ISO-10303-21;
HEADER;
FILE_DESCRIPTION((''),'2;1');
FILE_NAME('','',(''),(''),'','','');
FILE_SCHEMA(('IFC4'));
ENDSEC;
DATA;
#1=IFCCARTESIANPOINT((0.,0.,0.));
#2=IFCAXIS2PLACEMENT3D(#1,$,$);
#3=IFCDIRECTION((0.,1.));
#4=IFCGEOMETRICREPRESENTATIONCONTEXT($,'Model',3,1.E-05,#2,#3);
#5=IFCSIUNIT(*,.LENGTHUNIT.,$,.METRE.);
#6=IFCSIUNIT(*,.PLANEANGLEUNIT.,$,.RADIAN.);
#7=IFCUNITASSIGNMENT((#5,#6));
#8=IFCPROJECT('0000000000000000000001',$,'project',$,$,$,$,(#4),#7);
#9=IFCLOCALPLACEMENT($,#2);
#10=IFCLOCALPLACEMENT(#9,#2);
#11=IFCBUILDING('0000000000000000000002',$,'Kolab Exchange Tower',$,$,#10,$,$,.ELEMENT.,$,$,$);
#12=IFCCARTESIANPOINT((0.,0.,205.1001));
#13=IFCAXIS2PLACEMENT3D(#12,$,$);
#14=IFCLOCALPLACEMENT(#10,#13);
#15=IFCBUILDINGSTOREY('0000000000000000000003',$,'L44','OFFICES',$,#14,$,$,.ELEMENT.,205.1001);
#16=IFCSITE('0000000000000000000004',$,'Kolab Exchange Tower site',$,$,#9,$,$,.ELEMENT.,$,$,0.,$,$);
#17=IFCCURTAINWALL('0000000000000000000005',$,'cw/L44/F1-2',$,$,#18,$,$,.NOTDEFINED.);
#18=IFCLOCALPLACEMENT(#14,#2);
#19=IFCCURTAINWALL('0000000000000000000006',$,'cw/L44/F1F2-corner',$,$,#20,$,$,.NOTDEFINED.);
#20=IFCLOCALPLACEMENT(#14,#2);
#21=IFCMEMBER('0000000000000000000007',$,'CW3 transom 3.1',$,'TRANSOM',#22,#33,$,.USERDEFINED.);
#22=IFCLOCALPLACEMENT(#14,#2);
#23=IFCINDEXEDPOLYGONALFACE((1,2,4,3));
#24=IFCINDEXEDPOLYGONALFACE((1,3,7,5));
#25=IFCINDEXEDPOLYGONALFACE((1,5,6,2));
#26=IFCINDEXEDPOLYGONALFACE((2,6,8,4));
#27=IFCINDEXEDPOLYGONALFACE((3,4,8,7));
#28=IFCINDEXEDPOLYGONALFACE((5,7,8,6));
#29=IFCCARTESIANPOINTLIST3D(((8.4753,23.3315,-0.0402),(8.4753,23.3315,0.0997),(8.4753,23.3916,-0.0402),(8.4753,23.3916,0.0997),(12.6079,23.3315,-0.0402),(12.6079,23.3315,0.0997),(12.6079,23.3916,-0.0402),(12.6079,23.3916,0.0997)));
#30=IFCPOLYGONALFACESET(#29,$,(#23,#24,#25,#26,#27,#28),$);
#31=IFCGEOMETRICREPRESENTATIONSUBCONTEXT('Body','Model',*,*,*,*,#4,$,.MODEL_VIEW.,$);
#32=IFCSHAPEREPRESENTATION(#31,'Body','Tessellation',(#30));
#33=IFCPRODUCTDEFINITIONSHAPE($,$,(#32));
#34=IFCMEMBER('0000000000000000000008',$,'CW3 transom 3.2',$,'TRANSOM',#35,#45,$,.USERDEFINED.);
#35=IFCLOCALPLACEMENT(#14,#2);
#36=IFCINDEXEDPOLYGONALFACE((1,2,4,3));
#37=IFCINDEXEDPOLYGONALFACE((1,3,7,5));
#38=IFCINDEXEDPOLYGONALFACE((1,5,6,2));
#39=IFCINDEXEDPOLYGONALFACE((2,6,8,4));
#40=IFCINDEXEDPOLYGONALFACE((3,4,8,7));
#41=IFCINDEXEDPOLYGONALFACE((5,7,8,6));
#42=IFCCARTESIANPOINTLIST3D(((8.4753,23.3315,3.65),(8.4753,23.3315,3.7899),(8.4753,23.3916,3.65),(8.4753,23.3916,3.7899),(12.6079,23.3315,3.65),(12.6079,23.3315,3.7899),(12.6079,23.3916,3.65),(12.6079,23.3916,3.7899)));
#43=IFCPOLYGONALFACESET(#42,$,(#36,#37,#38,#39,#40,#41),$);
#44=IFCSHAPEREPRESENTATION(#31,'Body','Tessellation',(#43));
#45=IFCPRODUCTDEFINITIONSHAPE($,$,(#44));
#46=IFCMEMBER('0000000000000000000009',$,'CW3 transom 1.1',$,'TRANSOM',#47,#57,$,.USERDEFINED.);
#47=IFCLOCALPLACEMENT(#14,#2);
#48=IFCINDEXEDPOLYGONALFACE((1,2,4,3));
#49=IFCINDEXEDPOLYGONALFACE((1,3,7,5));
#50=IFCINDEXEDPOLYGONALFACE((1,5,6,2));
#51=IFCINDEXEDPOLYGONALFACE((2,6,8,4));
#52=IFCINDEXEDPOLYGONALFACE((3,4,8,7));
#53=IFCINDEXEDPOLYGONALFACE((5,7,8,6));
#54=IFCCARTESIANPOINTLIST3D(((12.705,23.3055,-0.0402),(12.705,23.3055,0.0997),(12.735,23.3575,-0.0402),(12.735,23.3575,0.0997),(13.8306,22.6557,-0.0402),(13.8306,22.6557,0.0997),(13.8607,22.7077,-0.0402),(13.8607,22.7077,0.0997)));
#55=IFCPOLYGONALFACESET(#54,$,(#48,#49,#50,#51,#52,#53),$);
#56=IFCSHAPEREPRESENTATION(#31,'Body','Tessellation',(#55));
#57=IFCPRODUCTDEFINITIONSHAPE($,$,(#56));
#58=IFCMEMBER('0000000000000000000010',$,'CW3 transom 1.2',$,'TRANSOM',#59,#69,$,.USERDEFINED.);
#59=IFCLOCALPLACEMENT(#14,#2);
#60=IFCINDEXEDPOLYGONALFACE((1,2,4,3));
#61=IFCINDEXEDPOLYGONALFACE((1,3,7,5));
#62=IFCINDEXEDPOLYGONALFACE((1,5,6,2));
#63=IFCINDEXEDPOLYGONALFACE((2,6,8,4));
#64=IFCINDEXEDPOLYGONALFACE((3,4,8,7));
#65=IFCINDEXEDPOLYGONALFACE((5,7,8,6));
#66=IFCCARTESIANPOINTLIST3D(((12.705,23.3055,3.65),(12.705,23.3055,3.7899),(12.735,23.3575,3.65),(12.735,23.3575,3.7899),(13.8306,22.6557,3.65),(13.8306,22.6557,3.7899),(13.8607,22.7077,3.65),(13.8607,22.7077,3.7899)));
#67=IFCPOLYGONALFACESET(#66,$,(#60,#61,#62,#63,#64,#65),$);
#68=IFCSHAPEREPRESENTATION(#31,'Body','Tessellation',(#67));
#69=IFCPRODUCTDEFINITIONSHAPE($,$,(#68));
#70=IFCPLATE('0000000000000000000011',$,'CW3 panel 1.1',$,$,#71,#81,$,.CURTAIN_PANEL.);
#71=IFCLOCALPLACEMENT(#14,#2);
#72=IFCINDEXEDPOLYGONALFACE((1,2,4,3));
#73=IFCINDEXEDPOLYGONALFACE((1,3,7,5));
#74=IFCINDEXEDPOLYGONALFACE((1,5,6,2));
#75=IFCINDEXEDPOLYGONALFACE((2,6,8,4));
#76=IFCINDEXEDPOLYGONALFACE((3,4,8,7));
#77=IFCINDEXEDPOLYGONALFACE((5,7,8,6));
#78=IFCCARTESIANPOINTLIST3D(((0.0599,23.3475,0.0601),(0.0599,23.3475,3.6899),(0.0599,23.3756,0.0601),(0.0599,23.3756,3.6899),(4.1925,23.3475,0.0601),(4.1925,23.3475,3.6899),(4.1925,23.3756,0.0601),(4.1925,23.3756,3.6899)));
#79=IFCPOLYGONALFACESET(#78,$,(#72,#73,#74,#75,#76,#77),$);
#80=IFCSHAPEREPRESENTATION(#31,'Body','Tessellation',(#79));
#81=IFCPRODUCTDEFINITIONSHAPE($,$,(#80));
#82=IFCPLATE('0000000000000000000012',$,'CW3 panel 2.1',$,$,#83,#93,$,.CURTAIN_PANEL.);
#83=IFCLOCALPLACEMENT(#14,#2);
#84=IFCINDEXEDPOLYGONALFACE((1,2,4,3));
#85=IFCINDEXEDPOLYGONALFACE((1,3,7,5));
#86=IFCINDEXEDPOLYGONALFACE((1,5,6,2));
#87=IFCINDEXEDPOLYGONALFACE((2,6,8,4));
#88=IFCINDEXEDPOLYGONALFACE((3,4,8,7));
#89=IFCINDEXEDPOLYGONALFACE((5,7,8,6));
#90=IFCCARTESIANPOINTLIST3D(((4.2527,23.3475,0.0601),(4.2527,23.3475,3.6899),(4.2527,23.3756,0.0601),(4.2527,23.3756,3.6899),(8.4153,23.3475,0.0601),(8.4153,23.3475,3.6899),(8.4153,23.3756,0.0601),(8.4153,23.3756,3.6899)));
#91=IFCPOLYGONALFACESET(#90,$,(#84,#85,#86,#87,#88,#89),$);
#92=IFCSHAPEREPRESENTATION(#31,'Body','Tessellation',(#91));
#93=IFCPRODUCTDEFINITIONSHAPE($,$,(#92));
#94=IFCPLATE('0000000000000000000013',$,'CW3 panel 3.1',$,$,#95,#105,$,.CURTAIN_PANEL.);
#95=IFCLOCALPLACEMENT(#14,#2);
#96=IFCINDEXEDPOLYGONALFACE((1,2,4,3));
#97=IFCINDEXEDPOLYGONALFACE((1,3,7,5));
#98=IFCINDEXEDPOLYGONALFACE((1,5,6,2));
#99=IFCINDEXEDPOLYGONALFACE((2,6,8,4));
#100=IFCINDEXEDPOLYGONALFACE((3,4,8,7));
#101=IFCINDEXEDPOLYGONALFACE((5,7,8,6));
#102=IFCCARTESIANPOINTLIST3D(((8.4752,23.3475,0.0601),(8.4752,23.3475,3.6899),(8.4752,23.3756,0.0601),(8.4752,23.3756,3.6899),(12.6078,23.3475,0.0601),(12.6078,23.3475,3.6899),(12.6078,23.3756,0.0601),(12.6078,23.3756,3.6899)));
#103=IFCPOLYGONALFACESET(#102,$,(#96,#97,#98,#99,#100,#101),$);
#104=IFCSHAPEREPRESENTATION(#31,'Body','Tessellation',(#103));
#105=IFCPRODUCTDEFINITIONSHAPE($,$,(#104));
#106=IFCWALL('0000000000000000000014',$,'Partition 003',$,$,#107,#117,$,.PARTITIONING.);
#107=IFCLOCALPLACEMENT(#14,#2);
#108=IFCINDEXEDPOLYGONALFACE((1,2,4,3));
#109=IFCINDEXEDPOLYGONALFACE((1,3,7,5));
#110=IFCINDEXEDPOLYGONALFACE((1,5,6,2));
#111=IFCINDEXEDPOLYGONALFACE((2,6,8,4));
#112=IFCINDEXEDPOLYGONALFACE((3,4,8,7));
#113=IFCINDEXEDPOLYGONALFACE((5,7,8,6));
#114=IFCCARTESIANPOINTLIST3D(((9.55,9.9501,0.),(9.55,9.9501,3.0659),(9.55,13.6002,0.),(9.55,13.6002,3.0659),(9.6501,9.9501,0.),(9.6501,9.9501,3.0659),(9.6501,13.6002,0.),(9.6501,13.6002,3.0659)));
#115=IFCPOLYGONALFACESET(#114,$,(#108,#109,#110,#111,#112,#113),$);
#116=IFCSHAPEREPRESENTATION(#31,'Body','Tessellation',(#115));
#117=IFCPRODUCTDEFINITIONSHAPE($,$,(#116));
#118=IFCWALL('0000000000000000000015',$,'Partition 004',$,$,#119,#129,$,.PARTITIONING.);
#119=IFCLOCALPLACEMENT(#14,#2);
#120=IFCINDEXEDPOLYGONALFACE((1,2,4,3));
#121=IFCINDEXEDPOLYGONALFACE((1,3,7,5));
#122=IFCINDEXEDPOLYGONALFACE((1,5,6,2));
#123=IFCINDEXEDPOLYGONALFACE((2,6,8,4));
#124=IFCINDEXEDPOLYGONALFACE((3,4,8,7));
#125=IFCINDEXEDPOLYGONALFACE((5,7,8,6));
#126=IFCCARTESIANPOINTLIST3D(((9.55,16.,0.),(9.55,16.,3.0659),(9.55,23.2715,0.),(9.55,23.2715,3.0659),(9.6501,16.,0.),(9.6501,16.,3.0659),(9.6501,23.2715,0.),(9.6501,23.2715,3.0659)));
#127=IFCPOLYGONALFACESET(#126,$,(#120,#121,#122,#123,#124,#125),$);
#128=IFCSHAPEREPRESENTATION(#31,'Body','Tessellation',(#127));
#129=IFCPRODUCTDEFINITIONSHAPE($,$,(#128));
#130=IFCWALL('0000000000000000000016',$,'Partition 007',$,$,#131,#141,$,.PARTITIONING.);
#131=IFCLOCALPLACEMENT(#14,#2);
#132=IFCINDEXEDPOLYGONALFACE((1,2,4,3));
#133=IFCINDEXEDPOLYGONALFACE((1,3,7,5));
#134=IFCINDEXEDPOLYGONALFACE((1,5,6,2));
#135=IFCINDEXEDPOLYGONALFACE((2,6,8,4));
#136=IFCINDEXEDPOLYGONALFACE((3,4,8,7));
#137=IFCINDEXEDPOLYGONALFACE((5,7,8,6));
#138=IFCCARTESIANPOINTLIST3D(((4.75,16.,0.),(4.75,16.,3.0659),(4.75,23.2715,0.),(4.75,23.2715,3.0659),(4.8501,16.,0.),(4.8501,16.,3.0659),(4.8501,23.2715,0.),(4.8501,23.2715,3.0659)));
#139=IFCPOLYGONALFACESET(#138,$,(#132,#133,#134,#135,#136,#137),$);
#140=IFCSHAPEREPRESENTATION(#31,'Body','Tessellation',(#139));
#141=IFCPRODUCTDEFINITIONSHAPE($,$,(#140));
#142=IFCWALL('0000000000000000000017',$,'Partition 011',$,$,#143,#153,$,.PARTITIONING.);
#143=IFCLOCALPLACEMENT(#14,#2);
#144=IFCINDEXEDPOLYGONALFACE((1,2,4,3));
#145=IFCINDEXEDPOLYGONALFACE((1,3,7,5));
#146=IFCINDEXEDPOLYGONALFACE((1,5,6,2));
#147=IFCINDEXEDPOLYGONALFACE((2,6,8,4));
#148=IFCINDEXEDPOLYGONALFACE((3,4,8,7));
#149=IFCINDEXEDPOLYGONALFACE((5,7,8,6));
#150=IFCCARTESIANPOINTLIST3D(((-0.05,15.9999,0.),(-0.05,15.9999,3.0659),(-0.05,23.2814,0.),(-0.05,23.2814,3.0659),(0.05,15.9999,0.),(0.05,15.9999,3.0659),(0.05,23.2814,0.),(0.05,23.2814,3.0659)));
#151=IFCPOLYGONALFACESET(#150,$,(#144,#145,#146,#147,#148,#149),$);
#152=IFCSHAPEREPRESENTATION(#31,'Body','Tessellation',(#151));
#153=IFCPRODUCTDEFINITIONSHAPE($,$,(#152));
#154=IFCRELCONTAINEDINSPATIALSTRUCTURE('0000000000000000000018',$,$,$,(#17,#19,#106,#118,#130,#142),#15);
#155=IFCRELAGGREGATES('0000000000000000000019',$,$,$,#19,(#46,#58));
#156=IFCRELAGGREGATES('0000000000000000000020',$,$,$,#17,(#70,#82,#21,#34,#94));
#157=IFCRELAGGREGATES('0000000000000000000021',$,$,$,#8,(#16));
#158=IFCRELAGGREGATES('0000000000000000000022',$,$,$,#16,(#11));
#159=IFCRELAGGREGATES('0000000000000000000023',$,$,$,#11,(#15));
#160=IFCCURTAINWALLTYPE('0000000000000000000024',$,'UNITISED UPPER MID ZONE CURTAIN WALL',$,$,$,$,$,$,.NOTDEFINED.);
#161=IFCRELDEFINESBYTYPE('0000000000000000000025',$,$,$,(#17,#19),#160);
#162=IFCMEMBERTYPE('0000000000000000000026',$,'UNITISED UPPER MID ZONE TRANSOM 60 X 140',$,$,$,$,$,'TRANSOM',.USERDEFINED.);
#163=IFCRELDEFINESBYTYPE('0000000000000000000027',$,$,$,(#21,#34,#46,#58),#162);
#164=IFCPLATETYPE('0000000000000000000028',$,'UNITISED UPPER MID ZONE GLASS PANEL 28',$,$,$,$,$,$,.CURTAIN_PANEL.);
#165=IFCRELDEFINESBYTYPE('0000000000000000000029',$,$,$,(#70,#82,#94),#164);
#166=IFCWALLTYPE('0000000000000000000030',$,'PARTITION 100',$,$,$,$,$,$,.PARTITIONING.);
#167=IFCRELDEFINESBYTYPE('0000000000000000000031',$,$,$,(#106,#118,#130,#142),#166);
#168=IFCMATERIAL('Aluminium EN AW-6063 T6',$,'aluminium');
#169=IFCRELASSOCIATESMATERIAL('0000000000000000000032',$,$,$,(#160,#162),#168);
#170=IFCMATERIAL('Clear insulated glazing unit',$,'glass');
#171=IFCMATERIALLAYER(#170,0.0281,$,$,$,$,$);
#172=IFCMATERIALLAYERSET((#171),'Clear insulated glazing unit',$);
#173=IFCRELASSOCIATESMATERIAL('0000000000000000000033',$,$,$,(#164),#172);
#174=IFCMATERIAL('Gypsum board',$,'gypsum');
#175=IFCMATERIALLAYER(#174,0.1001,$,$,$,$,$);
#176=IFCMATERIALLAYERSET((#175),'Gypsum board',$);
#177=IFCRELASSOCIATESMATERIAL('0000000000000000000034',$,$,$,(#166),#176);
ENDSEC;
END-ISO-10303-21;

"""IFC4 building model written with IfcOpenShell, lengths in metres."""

from ifc_helpers import new_model, si_unit, direction, frame, frame_2d, origin, origin_2d, place, context, subcontext, project, spatial, rectangle, extrude, material, layer, layer_set, material_profile, profile_set, type_object, element, aggregate, save


model = new_model("IFC4")

# Units and contexts
model_context = context("Model", 3, precision=1e-05, world=origin(), true_north=direction((0.0, 1.0)))
body_context = subcontext(model_context, "Body", "Model", "MODEL_VIEW")
ifc_project = project(units=[si_unit("LENGTHUNIT", "METRE"), si_unit("PLANEANGLEUNIT", "RADIAN")], contexts=[model_context])

# Site, building, storey
site_placement = place(None, origin())
site = spatial("IfcSite", under=ifc_project, at=site_placement, Name="Kolab Exchange Tower site", CompositionType="ELEMENT", RefElevation=0.0)
building_placement = place(site_placement, origin())
building = spatial("IfcBuilding", under=site, at=building_placement, Name="Kolab Exchange Tower", CompositionType="ELEMENT")
storey_placement = place(building_placement, frame((0.0, 0.0, 205.1001)))
storey = spatial("IfcBuildingStorey", under=building, at=storey_placement, Name="L44", Description="OFFICES", CompositionType="ELEMENT", Elevation=205.1001)

# Curtain wall
ifc_material_1 = material(Name="Aluminium EN AW-6063 T6", Category="aluminium")
curtain_wall_type = type_object("IfcCurtainWallType", Name="UNITISED UPPER MID ZONE CURTAIN WALL", PredefinedType="NOTDEFINED", material=ifc_material_1)
curtain_wall_1_placement = place(storey_placement, origin())
curtain_wall_1 = element("IfcCurtainWall", 1, at=curtain_wall_1_placement, inside=storey, type_object=curtain_wall_type, Name="cw/L44/F1-2", PredefinedType="NOTDEFINED")

# Curtain wall
curtain_wall_2_placement = place(storey_placement, origin())
curtain_wall_2 = element("IfcCurtainWall", 2, at=curtain_wall_2_placement, inside=storey, type_object=curtain_wall_type, Name="cw/L44/F1F2-corner", PredefinedType="NOTDEFINED")

# Members
ifc_material_profile_1 = material_profile(ifc_material_1, rectangle(XDim=0.0601, YDim=0.1399, at=origin_2d()), Name="RECT 60X140")
ifc_profile_set_1 = profile_set([ifc_material_profile_1], Name="Aluminium EN AW-6063 T6")
member_type_1 = type_object("IfcMemberType", Name="UNITISED UPPER MID ZONE TRANSOM 60 X 140", ElementType="TRANSOM", PredefinedType="USERDEFINED", material=ifc_profile_set_1)
member_1_placement = place(storey_placement, frame((8.4753, 23.3616, 0.0298), z_axis=(1.0, 0.0, 0.0), x_axis=(0.0, 1.0, 0.0)))
member_1 = element("IfcMember", 3, at=member_1_placement, type_object=member_type_1, Name="CW3 transom 3.1", ObjectType="TRANSOM", PredefinedType="USERDEFINED", context=body_context, shape_type="SweptSolid", body=[
    extrude(rectangle(XDim=0.0601, YDim=0.1399, at=origin_2d()), origin(), (0.0, 0.0, 1.0), 4.1326),
])
member_2_placement = place(storey_placement, frame((8.4753, 23.3616, 3.72), z_axis=(1.0, 0.0, 0.0), x_axis=(0.0, 1.0, 0.0)))
member_2 = element("IfcMember", 4, at=member_2_placement, type_object=member_type_1, Name="CW3 transom 3.2", ObjectType="TRANSOM", PredefinedType="USERDEFINED", context=body_context, shape_type="SweptSolid", body=[
    extrude(rectangle(XDim=0.0601, YDim=0.1399, at=origin_2d()), origin(), (0.0, 0.0, 1.0), 4.1326),
])
member_3_placement = place(storey_placement, frame((12.72, 23.3315, 0.0298), z_axis=(0.866039, -0.499977, 0.0), x_axis=(0.499977, 0.866039, 0.0)))
member_3 = element("IfcMember", 5, at=member_3_placement, type_object=member_type_1, Name="CW3 transom 1.1", ObjectType="TRANSOM", PredefinedType="USERDEFINED", context=body_context, shape_type="SweptSolid", body=[
    extrude(rectangle(XDim=0.0601, YDim=0.1399, at=origin_2d()), origin(), (0.0, 0.0, 1.0), 1.2998),
])
member_4_placement = place(storey_placement, frame((12.72, 23.3315, 3.72), z_axis=(0.866039, -0.499977, 0.0), x_axis=(0.499977, 0.866039, 0.0)))
member_4 = element("IfcMember", 6, at=member_4_placement, type_object=member_type_1, Name="CW3 transom 1.2", ObjectType="TRANSOM", PredefinedType="USERDEFINED", context=body_context, shape_type="SweptSolid", body=[
    extrude(rectangle(XDim=0.0601, YDim=0.1399, at=origin_2d()), origin(), (0.0, 0.0, 1.0), 1.2998),
])
aggregate(curtain_wall_2, [member_3, member_4])

# Plates
ifc_material_2 = material(Name="Clear insulated glazing unit", Category="glass")
ifc_layer_1 = layer(ifc_material_2, 0.0281)
ifc_layer_set_1 = layer_set([ifc_layer_1], Name="Clear insulated glazing unit")
plate_type = type_object("IfcPlateType", Name="UNITISED UPPER MID ZONE GLASS PANEL 28", PredefinedType="CURTAIN_PANEL", material=ifc_layer_set_1)
plate_1_placement = place(storey_placement, frame((2.1262, 23.3616, 0.0601), z_axis=(0.0, 0.0, 1.0), x_axis=(1.0, 0.0, 0.0)))
plate_1 = element("IfcPlate", 7, at=plate_1_placement, type_object=plate_type, Name="CW3 panel 1.1", PredefinedType="CURTAIN_PANEL", context=body_context, shape_type="SweptSolid", body=[
    extrude(rectangle(XDim=4.1326, YDim=0.0281, at=origin_2d()), origin(), (0.0, 0.0, 1.0), 3.6299),
])
plate_2_placement = place(storey_placement, frame((6.334, 23.3616, 0.0601), z_axis=(0.0, 0.0, 1.0), x_axis=(1.0, 0.0, 0.0)))
plate_2 = element("IfcPlate", 8, at=plate_2_placement, type_object=plate_type, Name="CW3 panel 2.1", PredefinedType="CURTAIN_PANEL", context=body_context, shape_type="SweptSolid", body=[
    extrude(rectangle(XDim=4.1626, YDim=0.0281, at=origin_2d()), origin(), (0.0, 0.0, 1.0), 3.6299),
])
plate_3_placement = place(storey_placement, frame((10.5415, 23.3616, 0.0601), z_axis=(0.0, 0.0, 1.0), x_axis=(1.0, 0.0, 0.0)))
plate_3 = element("IfcPlate", 9, at=plate_3_placement, type_object=plate_type, Name="CW3 panel 3.1", PredefinedType="CURTAIN_PANEL", context=body_context, shape_type="SweptSolid", body=[
    extrude(rectangle(XDim=4.1326, YDim=0.0281, at=origin_2d()), origin(), (0.0, 0.0, 1.0), 3.6299),
])
aggregate(curtain_wall_1, [plate_1, plate_2, member_1, member_2, plate_3])

# Walls
ifc_material_3 = material(Name="Gypsum board", Category="gypsum")
ifc_layer_2 = layer(ifc_material_3, 0.1001)
ifc_layer_set_2 = layer_set([ifc_layer_2], Name="Gypsum board")
wall_type = type_object("IfcWallType", Name="PARTITION 100", PredefinedType="PARTITIONING", material=ifc_layer_set_2)
wall_1_placement = place(storey_placement, frame((9.6001, 9.95, 0.0), z_axis=(0.0, 0.0, 1.0), x_axis=(0.0, 1.0, 0.0)))
element("IfcWall", 10, at=wall_1_placement, inside=storey, type_object=wall_type, Name="Partition 003", PredefinedType="PARTITIONING", context=body_context, shape_type="SweptSolid", body=[
    extrude(rectangle(XDim=3.6501, YDim=0.1001, at=frame_2d((1.8252, 0.0))), origin(), (0.0, 0.0, 1.0), 3.0659),
])
for number, where, z_axis, x_axis, name in (
    (11, (9.6001, 16.0, 0.0), (0.0, 0.0, 1.0), (0.0, 1.0, 0.0), "Partition 004"),
    (12, (4.8, 16.0, 0.0), (0.0, 0.0, 1.0), (0.0, 1.0, 0.0), "Partition 007"),
):
    element("IfcWall", number, at=place(storey_placement, frame(where, z_axis=z_axis, x_axis=x_axis)), inside=storey, type_object=wall_type, Name=name, PredefinedType="PARTITIONING", context=body_context, shape_type="SweptSolid", body=[
        extrude(rectangle(XDim=7.2715, YDim=0.1001, at=frame_2d((3.6357, 0.0))), origin(), (0.0, 0.0, 1.0), 3.0659),
    ])
wall_2_placement = place(storey_placement, frame((0.0, 16.0, 0.0), z_axis=(0.0, 0.0, 1.0), x_axis=(0.0, 1.0, 0.0)))
element("IfcWall", 13, at=wall_2_placement, inside=storey, type_object=wall_type, Name="Partition 011", PredefinedType="PARTITIONING", context=body_context, shape_type="SweptSolid", body=[
    extrude(rectangle(XDim=7.2815, YDim=0.1001, at=frame_2d((3.6406, 0.0))), origin(), (0.0, 0.0, 1.0), 3.0659),
])

save(model, "model.ifc")
